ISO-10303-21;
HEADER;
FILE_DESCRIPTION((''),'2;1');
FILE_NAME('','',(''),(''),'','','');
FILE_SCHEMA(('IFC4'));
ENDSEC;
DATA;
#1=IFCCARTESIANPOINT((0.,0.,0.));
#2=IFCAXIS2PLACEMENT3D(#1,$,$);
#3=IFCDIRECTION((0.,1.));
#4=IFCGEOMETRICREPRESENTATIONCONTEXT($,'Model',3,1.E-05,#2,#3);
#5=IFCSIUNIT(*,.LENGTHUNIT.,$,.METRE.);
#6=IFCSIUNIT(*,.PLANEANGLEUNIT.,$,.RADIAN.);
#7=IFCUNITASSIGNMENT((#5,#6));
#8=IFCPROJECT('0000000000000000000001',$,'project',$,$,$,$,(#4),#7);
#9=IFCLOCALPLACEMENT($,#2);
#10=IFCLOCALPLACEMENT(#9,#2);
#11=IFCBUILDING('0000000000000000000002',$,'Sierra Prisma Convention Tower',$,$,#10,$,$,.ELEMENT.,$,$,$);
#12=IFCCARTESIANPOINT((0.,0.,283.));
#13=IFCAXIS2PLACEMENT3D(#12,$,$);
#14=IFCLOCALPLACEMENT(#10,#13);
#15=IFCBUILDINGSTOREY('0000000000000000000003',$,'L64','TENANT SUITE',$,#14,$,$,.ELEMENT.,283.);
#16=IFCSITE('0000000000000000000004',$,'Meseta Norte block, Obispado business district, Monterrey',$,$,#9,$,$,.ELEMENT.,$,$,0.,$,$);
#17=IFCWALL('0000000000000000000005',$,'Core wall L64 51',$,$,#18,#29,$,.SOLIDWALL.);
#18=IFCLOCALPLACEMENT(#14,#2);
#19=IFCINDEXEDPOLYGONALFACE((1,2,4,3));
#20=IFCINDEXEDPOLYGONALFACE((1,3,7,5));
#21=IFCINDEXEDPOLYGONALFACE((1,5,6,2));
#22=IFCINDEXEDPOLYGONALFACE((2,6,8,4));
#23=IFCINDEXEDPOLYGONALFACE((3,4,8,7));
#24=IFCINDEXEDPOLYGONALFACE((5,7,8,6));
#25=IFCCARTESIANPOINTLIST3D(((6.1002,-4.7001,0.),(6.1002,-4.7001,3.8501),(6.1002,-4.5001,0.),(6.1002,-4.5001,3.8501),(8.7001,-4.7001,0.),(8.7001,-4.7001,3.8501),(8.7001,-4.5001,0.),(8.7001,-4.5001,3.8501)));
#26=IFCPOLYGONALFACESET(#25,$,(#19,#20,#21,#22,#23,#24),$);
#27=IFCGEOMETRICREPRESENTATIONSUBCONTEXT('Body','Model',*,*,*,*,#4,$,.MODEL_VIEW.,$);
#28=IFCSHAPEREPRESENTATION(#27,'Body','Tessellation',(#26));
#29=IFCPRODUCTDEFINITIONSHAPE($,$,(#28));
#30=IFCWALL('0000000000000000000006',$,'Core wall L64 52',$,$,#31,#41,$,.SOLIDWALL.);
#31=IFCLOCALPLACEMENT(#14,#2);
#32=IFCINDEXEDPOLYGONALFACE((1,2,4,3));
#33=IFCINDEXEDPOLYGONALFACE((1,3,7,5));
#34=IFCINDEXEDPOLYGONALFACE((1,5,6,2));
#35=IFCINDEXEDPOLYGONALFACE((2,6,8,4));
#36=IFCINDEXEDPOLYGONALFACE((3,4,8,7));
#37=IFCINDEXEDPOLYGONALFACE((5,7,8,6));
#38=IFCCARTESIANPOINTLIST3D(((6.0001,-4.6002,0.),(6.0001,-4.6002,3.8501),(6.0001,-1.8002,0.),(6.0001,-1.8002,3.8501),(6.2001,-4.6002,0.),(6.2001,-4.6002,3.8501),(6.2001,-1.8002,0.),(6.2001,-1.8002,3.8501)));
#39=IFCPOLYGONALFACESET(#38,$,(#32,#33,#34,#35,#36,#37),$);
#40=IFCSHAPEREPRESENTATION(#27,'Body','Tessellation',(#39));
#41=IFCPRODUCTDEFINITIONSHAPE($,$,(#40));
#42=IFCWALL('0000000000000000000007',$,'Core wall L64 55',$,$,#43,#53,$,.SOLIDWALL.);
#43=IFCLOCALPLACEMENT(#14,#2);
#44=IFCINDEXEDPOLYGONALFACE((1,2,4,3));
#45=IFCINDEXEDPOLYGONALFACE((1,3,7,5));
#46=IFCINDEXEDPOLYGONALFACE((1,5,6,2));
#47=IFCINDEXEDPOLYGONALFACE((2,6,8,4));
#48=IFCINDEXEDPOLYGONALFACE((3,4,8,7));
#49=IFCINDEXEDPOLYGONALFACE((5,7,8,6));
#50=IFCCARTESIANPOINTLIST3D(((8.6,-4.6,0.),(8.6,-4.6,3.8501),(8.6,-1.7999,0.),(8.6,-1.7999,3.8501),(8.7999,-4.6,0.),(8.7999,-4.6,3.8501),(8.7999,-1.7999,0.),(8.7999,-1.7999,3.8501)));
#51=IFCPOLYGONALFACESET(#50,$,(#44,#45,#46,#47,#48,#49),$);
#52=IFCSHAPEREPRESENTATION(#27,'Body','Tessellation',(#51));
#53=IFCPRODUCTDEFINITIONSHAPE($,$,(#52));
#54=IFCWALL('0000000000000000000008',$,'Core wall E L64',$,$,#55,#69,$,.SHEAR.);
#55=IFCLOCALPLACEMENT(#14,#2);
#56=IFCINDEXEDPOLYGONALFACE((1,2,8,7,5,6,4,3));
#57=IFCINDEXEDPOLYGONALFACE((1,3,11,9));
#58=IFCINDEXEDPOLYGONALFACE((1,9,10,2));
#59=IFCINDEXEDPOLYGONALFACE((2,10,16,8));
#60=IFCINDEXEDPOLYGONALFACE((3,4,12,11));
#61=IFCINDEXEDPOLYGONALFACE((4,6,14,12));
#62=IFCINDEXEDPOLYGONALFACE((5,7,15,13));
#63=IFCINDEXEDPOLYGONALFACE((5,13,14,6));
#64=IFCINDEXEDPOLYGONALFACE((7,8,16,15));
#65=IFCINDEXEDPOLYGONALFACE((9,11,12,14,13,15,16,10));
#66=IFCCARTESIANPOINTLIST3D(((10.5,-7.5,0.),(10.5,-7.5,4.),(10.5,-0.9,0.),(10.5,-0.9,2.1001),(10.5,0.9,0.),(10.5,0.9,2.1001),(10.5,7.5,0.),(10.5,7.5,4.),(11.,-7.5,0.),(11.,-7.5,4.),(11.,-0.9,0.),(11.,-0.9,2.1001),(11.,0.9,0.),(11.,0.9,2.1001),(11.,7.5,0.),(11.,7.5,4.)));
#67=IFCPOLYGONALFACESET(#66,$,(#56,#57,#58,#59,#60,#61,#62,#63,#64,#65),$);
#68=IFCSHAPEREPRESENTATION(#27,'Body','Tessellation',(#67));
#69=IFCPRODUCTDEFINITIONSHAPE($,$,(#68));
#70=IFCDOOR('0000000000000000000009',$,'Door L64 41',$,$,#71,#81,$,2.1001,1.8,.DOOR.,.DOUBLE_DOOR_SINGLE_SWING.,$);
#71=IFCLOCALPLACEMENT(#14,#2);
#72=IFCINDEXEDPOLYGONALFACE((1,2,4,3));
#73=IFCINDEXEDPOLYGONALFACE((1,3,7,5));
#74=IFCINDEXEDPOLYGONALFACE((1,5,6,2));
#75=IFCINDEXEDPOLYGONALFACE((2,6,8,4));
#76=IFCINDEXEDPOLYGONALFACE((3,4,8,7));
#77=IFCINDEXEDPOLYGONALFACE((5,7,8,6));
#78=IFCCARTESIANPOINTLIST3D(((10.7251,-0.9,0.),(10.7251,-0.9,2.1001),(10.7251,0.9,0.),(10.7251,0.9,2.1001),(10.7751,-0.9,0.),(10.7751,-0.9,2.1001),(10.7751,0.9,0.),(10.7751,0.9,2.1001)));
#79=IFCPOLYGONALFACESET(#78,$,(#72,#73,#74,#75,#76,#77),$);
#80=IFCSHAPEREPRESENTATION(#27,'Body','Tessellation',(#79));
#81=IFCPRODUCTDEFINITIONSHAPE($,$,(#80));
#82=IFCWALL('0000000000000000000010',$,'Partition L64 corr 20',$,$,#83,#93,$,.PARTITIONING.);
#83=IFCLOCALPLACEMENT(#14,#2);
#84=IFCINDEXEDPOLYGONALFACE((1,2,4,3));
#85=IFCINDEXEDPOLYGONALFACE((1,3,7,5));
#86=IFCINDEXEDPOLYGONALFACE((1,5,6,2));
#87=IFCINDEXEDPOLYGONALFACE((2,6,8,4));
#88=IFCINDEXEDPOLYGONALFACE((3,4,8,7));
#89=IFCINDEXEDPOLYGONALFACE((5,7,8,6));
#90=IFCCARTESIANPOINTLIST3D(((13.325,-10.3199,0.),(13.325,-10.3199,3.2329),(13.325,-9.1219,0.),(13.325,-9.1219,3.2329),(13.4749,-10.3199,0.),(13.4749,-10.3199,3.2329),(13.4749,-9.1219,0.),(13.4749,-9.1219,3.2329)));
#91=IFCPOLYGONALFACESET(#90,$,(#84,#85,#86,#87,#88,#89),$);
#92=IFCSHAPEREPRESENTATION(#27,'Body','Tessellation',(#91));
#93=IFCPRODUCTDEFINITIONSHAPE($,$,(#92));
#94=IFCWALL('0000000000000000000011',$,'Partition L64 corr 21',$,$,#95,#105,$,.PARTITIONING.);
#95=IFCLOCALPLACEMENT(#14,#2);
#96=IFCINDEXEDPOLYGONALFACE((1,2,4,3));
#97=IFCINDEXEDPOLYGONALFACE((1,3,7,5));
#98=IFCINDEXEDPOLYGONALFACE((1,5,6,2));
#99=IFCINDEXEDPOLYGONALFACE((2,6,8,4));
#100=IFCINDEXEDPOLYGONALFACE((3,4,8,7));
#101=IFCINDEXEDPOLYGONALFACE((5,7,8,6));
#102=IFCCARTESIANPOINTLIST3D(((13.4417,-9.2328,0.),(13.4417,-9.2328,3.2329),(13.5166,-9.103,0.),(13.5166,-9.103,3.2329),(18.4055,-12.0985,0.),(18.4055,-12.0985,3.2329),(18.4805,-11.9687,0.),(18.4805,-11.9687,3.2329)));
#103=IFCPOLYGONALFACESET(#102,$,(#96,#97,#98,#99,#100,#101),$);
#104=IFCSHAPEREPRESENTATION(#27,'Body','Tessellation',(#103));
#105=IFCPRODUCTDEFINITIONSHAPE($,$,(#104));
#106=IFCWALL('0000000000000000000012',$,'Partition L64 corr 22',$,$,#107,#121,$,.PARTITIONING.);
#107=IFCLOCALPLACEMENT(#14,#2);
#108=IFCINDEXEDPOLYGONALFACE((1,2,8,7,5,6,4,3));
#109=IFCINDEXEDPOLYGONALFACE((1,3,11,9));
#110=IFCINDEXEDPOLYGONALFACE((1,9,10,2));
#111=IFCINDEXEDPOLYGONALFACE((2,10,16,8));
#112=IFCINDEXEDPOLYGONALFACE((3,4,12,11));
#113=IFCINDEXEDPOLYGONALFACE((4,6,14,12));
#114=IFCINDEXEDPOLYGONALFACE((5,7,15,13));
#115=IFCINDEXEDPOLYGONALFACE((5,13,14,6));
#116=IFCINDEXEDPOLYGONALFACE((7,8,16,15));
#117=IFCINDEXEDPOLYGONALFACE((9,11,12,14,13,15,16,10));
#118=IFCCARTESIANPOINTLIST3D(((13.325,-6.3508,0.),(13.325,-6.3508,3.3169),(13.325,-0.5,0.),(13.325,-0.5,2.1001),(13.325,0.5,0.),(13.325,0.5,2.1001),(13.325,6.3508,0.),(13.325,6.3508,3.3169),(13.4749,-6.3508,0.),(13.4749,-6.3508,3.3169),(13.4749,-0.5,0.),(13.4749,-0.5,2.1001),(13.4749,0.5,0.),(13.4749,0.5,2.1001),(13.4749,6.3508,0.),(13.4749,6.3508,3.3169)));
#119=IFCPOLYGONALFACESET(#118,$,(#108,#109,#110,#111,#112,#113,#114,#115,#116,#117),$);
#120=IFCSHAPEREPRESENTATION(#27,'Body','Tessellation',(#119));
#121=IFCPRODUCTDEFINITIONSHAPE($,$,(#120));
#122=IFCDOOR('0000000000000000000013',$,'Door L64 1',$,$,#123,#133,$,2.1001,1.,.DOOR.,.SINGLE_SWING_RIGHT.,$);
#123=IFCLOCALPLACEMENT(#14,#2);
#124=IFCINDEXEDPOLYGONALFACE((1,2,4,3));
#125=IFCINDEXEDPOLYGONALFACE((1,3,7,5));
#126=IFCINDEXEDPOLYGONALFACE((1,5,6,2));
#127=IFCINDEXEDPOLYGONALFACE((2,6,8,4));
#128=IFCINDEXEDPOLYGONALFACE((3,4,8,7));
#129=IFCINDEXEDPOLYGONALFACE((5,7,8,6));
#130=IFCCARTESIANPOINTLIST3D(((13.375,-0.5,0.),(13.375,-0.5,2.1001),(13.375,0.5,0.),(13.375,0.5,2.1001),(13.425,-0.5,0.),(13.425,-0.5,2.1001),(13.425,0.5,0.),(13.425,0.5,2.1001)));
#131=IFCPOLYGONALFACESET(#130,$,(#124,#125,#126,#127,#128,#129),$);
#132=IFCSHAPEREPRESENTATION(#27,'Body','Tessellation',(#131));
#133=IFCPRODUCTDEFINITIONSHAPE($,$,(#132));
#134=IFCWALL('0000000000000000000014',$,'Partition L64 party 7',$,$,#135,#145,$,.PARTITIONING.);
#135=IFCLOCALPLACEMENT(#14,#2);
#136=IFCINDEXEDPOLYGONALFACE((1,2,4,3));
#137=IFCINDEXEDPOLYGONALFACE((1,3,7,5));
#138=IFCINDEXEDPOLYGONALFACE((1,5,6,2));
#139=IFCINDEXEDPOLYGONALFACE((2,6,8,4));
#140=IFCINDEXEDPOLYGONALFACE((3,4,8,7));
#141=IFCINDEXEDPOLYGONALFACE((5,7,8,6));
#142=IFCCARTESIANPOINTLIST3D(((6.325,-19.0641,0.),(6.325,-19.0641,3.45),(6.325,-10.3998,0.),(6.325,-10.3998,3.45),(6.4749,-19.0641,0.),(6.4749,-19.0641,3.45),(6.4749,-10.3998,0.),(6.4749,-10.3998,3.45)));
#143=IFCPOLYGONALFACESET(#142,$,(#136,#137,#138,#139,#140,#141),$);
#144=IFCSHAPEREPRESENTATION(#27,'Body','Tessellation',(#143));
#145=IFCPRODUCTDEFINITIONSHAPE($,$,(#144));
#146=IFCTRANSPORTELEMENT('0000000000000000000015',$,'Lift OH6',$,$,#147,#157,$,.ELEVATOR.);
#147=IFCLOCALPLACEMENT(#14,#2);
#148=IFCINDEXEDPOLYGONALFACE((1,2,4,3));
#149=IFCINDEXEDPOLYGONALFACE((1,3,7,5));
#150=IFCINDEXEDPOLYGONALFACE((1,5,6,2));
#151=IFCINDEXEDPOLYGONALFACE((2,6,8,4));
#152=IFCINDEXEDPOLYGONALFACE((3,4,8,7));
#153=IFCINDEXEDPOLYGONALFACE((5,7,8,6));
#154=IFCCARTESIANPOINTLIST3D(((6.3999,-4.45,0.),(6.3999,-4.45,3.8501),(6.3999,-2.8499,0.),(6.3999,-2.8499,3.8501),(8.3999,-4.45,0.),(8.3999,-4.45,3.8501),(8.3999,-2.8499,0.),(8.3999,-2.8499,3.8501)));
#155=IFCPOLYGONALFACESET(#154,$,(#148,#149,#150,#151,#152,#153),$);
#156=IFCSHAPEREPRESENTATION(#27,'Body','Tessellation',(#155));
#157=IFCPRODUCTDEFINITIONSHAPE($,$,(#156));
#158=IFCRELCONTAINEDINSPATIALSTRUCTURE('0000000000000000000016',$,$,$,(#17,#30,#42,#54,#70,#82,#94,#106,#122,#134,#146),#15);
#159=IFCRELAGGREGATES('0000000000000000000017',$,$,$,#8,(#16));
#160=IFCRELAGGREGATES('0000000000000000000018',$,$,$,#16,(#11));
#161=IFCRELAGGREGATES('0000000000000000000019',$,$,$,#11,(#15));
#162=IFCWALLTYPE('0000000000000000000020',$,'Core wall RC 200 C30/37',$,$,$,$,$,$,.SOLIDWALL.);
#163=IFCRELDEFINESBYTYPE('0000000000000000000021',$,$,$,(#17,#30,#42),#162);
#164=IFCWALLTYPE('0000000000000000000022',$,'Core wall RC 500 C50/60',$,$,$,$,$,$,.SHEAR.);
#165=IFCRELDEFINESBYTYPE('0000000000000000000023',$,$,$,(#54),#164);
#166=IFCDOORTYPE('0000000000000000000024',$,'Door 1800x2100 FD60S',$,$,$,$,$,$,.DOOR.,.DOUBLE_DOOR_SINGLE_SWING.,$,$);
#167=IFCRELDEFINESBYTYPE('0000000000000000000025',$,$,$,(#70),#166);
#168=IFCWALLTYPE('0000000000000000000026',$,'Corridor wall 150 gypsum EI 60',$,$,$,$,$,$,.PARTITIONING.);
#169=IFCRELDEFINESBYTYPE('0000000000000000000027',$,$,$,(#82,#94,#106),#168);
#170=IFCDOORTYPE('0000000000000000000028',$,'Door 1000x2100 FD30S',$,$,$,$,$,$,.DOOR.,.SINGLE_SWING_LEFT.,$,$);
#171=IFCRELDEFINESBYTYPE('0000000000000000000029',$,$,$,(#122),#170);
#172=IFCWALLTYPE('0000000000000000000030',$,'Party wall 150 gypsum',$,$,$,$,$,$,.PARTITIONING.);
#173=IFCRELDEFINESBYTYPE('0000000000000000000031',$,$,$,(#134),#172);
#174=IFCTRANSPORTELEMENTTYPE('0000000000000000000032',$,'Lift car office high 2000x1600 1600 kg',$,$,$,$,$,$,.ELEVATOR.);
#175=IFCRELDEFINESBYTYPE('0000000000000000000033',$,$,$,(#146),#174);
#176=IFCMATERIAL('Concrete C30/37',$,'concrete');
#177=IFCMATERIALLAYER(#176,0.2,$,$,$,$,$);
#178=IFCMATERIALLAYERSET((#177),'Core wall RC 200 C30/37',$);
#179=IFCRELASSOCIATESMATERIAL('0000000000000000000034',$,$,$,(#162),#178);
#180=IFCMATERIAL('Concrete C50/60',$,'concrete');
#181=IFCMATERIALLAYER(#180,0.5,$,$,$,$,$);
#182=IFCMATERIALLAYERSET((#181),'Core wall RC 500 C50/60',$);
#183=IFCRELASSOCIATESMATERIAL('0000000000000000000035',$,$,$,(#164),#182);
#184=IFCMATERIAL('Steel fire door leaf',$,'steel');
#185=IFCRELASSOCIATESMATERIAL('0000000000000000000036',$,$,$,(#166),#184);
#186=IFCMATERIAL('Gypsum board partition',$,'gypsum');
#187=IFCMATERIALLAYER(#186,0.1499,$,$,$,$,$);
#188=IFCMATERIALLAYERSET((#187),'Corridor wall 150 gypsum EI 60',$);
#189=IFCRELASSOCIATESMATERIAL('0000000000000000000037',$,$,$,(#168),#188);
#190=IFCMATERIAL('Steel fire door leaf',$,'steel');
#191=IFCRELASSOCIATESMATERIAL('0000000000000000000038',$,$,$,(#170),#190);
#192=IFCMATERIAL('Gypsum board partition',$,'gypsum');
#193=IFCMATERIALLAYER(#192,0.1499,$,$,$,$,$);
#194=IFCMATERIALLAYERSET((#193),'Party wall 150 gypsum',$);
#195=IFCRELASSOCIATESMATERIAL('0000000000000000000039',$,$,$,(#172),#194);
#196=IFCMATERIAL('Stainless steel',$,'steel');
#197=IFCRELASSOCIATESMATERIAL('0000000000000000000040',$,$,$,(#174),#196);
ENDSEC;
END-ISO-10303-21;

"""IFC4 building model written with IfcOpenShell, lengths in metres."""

from ifc_helpers import new_model, si_unit, direction, frame, frame_2d, origin, origin_2d, place, context, subcontext, project, spatial, rectangle, extrude, material, layer, layer_set, type_object, element, fill, save


model = new_model("IFC4")

# Units and contexts
model_context = context("Model", 3, precision=1e-05, world=origin(), true_north=direction((0.0, 1.0)))
body_context = subcontext(model_context, "Body", "Model", "MODEL_VIEW")
ifc_project = project(units=[si_unit("LENGTHUNIT", "METRE"), si_unit("PLANEANGLEUNIT", "RADIAN")], contexts=[model_context])

# Site, building, storey
site_placement = place(None, origin())
site = spatial("IfcSite", under=ifc_project, at=site_placement, Name="Meseta Norte block, Obispado business district, Monterrey", CompositionType="ELEMENT", RefElevation=0.0)
building_placement = place(site_placement, origin())
building = spatial("IfcBuilding", under=site, at=building_placement, Name="Sierra Prisma Convention Tower", CompositionType="ELEMENT")
storey_placement = place(building_placement, frame((0.0, 0.0, 283.0)))
storey = spatial("IfcBuildingStorey", under=building, at=storey_placement, Name="L64", Description="TENANT SUITE", CompositionType="ELEMENT", Elevation=283.0)

# Walls
ifc_material_1 = material(Name="Concrete C30/37", Category="concrete")
ifc_layer_1 = layer(ifc_material_1, 0.2)
ifc_layer_set_1 = layer_set([ifc_layer_1], Name="Core wall RC 200 C30/37")
wall_type_1 = type_object("IfcWallType", Name="Core wall RC 200 C30/37", PredefinedType="SOLIDWALL", material=ifc_layer_set_1)
wall_1_placement = place(storey_placement, frame((8.7, -4.6001, 0.0), z_axis=(0.0, 0.0, 1.0), x_axis=(-1.0, 0.0, 0.0)))
element("IfcWall", 1, at=wall_1_placement, inside=storey, type_object=wall_type_1, Name="Core wall L64 51", PredefinedType="SOLIDWALL", context=body_context, shape_type="SweptSolid", body=[
    extrude(rectangle(XDim=2.5999, YDim=0.2, at=frame_2d((1.2998, 0.0))), origin(), (0.0, 0.0, 1.0), 3.8501),
])
wall_2_placement = place(storey_placement, frame((6.1001, -4.6001, 0.0), z_axis=(0.0, 0.0, 1.0), x_axis=(0.0, 1.0, 0.0)))
element("IfcWall", 2, at=wall_2_placement, inside=storey, type_object=wall_type_1, Name="Core wall L64 52", PredefinedType="SOLIDWALL", context=body_context, shape_type="SweptSolid", body=[
    extrude(rectangle(XDim=2.8, YDim=0.2, at=frame_2d((1.3999, 0.0))), origin(), (0.0, 0.0, 1.0), 3.8501),
])

# Wall
wall_3_placement = place(storey_placement, frame((8.7, -1.8, 0.0), z_axis=(0.0, 0.0, 1.0), x_axis=(0.0, -1.0, 0.0)))
element("IfcWall", 3, at=wall_3_placement, inside=storey, type_object=wall_type_1, Name="Core wall L64 55", PredefinedType="SOLIDWALL", context=body_context, shape_type="SweptSolid", body=[
    extrude(rectangle(XDim=2.8, YDim=0.2, at=frame_2d((1.3999, 0.0))), origin(), (0.0, 0.0, 1.0), 3.8501),
])

# Wall, opening, door
ifc_material_2 = material(Name="Concrete C50/60", Category="concrete")
ifc_layer_2 = layer(ifc_material_2, 0.5)
ifc_layer_set_2 = layer_set([ifc_layer_2], Name="Core wall RC 500 C50/60")
wall_type_2 = type_object("IfcWallType", Name="Core wall RC 500 C50/60", PredefinedType="SHEAR", material=ifc_layer_set_2)
wall_4_placement = place(storey_placement, frame((10.75, -7.5, 0.0), z_axis=(0.0, 0.0, 1.0), x_axis=(0.0, 1.0, 0.0)))
wall_4 = element("IfcWall", 4, at=wall_4_placement, inside=storey, type_object=wall_type_2, Name="Core wall E L64", PredefinedType="SHEAR", context=body_context, shape_type="SweptSolid", body=[
    extrude(rectangle(XDim=15.0, YDim=0.5, at=frame_2d((7.5, 0.0))), origin(), (0.0, 0.0, 1.0), 4.0),
])
opening_1_placement = place(wall_4_placement, frame((6.6001, 0.0, 0.0)))
opening_1 = element("IfcOpeningElement", 5, at=opening_1_placement, cuts=wall_4, PredefinedType="OPENING", context=body_context, shape_type="SweptSolid", body=[
    extrude(rectangle(XDim=1.8, YDim=2.1001, at=frame_2d((0.8999, 1.05))), frame((0.0, 0.25, 0.0), z_axis=(0.0, -1.0, 0.0), x_axis=(1.0, 0.0, 0.0)), (0.0, 0.0, 1.0), 0.5),
])
ifc_material_3 = material(Name="Steel fire door leaf", Category="steel")
door_type_1 = type_object("IfcDoorType", Name="Door 1800x2100 FD60S", OperationType="DOUBLE_DOOR_SINGLE_SWING", PredefinedType="DOOR", material=ifc_material_3)
door_1_placement = place(opening_1_placement, origin())
door_1 = element("IfcDoor", 6, at=door_1_placement, inside=storey, type_object=door_type_1, Name="Door L64 41", OperationType="DOUBLE_DOOR_SINGLE_SWING", OverallHeight=2.1001, OverallWidth=1.8, PredefinedType="DOOR", context=body_context, shape_type="SweptSolid", body=[
    extrude(rectangle(XDim=1.8, YDim=2.1001, at=frame_2d((0.8999, 1.05))), frame((0.0, 0.0249, 0.0), z_axis=(0.0, -1.0, 0.0), x_axis=(1.0, 0.0, 0.0)), (0.0, 0.0, 1.0), 0.05),
])
fill(opening_1, door_1)

# Walls
ifc_material_4 = material(Name="Gypsum board partition", Category="gypsum")
ifc_layer_3 = layer(ifc_material_4, 0.1499)
ifc_layer_set_3 = layer_set([ifc_layer_3], Name="Corridor wall 150 gypsum EI 60")
wall_type_3 = type_object("IfcWallType", Name="Corridor wall 150 gypsum EI 60", PredefinedType="PARTITIONING", material=ifc_layer_set_3)
wall_5_placement = place(storey_placement, frame((13.3999, -10.3201, 0.0), z_axis=(0.0, 0.0, 1.0), x_axis=(0.0, 1.0, 0.0)))
element("IfcWall", 7, at=wall_5_placement, inside=storey, type_object=wall_type_3, Name="Partition L64 corr 20", PredefinedType="PARTITIONING", context=body_context, shape_type="SweptSolid", body=[
    extrude(rectangle(XDim=1.198, YDim=0.1499, at=frame_2d((0.5991, 0.0))), origin(), (0.0, 0.0, 1.0), 3.2329),
])
wall_6_placement = place(storey_placement, frame((13.4792, -9.168, 0.0), z_axis=(0.0, 0.0, 1.0), x_axis=(0.866038, -0.499978, 0.0)))
element("IfcWall", 8, at=wall_6_placement, inside=storey, type_object=wall_type_3, Name="Partition L64 corr 21", PredefinedType="PARTITIONING", context=body_context, shape_type="SweptSolid", body=[
    extrude(rectangle(XDim=5.7317, YDim=0.1499, at=frame_2d((2.8657, 0.0))), origin(), (0.0, 0.0, 1.0), 3.2329),
])

# Wall, opening, door
wall_7_placement = place(storey_placement, frame((13.3999, -6.3508, 0.0), z_axis=(0.0, 0.0, 1.0), x_axis=(0.0, 1.0, 0.0)))
wall_7 = element("IfcWall", 9, at=wall_7_placement, inside=storey, type_object=wall_type_3, Name="Partition L64 corr 22", PredefinedType="PARTITIONING", context=body_context, shape_type="SweptSolid", body=[
    extrude(rectangle(XDim=12.7017, YDim=0.1499, at=frame_2d((6.3508, 0.0))), origin(), (0.0, 0.0, 1.0), 3.3169),
])
opening_2_placement = place(wall_7_placement, frame((5.8508, 0.0, 0.0)))
opening_2 = element("IfcOpeningElement", 10, at=opening_2_placement, cuts=wall_7, PredefinedType="OPENING", context=body_context, shape_type="SweptSolid", body=[
    extrude(rectangle(XDim=1.0, YDim=2.1001, at=frame_2d((0.5, 1.05))), frame((0.0, 0.075, 0.0), z_axis=(0.0, -1.0, 0.0), x_axis=(1.0, 0.0, 0.0)), (0.0, 0.0, 1.0), 0.1499),
])
ifc_material_5 = material(Name="Steel fire door leaf", Category="steel")
door_type_2 = type_object("IfcDoorType", Name="Door 1000x2100 FD30S", OperationType="SINGLE_SWING_LEFT", PredefinedType="DOOR", material=ifc_material_5)
door_2_placement = place(opening_2_placement, origin())
door_2 = element("IfcDoor", 11, at=door_2_placement, inside=storey, type_object=door_type_2, Name="Door L64 1", OperationType="SINGLE_SWING_RIGHT", OverallHeight=2.1001, OverallWidth=1.0, PredefinedType="DOOR", context=body_context, shape_type="SweptSolid", body=[
    extrude(rectangle(XDim=1.0, YDim=2.1001, at=frame_2d((0.5, 1.05))), frame((0.0, 0.0249, 0.0), z_axis=(0.0, -1.0, 0.0), x_axis=(1.0, 0.0, 0.0)), (0.0, 0.0, 1.0), 0.05),
])
fill(opening_2, door_2)

# Wall
ifc_material_6 = material(Name="Gypsum board partition", Category="gypsum")
ifc_layer_4 = layer(ifc_material_6, 0.1499)
ifc_layer_set_4 = layer_set([ifc_layer_4], Name="Party wall 150 gypsum")
wall_type_4 = type_object("IfcWallType", Name="Party wall 150 gypsum", PredefinedType="PARTITIONING", material=ifc_layer_set_4)
wall_8_placement = place(storey_placement, frame((6.3999, -10.3999, 0.0), z_axis=(0.0, 0.0, 1.0), x_axis=(0.0, -1.0, 0.0)))
element("IfcWall", 12, at=wall_8_placement, inside=storey, type_object=wall_type_4, Name="Partition L64 party 7", PredefinedType="PARTITIONING", context=body_context, shape_type="SweptSolid", body=[
    extrude(rectangle(XDim=8.6643, YDim=0.1499, at=frame_2d((4.332, 0.0))), origin(), (0.0, 0.0, 1.0), 3.45),
])

# Transport element
ifc_material_7 = material(Name="Stainless steel", Category="steel")
transport_element_type = type_object("IfcTransportElementType", Name="Lift car office high 2000x1600 1600 kg", PredefinedType="ELEVATOR", material=ifc_material_7)
transport_element_placement = place(storey_placement, frame((7.3999, -3.6499, 0.0), z_axis=(0.0, 0.0, 1.0), x_axis=(1.0, 0.0, 0.0)))
element("IfcTransportElement", 13, at=transport_element_placement, inside=storey, type_object=transport_element_type, Name="Lift OH6", PredefinedType="ELEVATOR", context=body_context, shape_type="SweptSolid", body=[
    extrude(rectangle(XDim=2.0, YDim=1.6001, at=origin_2d()), origin(), (0.0, 0.0, 1.0), 3.8501),
])

save(model, "model.ifc")
